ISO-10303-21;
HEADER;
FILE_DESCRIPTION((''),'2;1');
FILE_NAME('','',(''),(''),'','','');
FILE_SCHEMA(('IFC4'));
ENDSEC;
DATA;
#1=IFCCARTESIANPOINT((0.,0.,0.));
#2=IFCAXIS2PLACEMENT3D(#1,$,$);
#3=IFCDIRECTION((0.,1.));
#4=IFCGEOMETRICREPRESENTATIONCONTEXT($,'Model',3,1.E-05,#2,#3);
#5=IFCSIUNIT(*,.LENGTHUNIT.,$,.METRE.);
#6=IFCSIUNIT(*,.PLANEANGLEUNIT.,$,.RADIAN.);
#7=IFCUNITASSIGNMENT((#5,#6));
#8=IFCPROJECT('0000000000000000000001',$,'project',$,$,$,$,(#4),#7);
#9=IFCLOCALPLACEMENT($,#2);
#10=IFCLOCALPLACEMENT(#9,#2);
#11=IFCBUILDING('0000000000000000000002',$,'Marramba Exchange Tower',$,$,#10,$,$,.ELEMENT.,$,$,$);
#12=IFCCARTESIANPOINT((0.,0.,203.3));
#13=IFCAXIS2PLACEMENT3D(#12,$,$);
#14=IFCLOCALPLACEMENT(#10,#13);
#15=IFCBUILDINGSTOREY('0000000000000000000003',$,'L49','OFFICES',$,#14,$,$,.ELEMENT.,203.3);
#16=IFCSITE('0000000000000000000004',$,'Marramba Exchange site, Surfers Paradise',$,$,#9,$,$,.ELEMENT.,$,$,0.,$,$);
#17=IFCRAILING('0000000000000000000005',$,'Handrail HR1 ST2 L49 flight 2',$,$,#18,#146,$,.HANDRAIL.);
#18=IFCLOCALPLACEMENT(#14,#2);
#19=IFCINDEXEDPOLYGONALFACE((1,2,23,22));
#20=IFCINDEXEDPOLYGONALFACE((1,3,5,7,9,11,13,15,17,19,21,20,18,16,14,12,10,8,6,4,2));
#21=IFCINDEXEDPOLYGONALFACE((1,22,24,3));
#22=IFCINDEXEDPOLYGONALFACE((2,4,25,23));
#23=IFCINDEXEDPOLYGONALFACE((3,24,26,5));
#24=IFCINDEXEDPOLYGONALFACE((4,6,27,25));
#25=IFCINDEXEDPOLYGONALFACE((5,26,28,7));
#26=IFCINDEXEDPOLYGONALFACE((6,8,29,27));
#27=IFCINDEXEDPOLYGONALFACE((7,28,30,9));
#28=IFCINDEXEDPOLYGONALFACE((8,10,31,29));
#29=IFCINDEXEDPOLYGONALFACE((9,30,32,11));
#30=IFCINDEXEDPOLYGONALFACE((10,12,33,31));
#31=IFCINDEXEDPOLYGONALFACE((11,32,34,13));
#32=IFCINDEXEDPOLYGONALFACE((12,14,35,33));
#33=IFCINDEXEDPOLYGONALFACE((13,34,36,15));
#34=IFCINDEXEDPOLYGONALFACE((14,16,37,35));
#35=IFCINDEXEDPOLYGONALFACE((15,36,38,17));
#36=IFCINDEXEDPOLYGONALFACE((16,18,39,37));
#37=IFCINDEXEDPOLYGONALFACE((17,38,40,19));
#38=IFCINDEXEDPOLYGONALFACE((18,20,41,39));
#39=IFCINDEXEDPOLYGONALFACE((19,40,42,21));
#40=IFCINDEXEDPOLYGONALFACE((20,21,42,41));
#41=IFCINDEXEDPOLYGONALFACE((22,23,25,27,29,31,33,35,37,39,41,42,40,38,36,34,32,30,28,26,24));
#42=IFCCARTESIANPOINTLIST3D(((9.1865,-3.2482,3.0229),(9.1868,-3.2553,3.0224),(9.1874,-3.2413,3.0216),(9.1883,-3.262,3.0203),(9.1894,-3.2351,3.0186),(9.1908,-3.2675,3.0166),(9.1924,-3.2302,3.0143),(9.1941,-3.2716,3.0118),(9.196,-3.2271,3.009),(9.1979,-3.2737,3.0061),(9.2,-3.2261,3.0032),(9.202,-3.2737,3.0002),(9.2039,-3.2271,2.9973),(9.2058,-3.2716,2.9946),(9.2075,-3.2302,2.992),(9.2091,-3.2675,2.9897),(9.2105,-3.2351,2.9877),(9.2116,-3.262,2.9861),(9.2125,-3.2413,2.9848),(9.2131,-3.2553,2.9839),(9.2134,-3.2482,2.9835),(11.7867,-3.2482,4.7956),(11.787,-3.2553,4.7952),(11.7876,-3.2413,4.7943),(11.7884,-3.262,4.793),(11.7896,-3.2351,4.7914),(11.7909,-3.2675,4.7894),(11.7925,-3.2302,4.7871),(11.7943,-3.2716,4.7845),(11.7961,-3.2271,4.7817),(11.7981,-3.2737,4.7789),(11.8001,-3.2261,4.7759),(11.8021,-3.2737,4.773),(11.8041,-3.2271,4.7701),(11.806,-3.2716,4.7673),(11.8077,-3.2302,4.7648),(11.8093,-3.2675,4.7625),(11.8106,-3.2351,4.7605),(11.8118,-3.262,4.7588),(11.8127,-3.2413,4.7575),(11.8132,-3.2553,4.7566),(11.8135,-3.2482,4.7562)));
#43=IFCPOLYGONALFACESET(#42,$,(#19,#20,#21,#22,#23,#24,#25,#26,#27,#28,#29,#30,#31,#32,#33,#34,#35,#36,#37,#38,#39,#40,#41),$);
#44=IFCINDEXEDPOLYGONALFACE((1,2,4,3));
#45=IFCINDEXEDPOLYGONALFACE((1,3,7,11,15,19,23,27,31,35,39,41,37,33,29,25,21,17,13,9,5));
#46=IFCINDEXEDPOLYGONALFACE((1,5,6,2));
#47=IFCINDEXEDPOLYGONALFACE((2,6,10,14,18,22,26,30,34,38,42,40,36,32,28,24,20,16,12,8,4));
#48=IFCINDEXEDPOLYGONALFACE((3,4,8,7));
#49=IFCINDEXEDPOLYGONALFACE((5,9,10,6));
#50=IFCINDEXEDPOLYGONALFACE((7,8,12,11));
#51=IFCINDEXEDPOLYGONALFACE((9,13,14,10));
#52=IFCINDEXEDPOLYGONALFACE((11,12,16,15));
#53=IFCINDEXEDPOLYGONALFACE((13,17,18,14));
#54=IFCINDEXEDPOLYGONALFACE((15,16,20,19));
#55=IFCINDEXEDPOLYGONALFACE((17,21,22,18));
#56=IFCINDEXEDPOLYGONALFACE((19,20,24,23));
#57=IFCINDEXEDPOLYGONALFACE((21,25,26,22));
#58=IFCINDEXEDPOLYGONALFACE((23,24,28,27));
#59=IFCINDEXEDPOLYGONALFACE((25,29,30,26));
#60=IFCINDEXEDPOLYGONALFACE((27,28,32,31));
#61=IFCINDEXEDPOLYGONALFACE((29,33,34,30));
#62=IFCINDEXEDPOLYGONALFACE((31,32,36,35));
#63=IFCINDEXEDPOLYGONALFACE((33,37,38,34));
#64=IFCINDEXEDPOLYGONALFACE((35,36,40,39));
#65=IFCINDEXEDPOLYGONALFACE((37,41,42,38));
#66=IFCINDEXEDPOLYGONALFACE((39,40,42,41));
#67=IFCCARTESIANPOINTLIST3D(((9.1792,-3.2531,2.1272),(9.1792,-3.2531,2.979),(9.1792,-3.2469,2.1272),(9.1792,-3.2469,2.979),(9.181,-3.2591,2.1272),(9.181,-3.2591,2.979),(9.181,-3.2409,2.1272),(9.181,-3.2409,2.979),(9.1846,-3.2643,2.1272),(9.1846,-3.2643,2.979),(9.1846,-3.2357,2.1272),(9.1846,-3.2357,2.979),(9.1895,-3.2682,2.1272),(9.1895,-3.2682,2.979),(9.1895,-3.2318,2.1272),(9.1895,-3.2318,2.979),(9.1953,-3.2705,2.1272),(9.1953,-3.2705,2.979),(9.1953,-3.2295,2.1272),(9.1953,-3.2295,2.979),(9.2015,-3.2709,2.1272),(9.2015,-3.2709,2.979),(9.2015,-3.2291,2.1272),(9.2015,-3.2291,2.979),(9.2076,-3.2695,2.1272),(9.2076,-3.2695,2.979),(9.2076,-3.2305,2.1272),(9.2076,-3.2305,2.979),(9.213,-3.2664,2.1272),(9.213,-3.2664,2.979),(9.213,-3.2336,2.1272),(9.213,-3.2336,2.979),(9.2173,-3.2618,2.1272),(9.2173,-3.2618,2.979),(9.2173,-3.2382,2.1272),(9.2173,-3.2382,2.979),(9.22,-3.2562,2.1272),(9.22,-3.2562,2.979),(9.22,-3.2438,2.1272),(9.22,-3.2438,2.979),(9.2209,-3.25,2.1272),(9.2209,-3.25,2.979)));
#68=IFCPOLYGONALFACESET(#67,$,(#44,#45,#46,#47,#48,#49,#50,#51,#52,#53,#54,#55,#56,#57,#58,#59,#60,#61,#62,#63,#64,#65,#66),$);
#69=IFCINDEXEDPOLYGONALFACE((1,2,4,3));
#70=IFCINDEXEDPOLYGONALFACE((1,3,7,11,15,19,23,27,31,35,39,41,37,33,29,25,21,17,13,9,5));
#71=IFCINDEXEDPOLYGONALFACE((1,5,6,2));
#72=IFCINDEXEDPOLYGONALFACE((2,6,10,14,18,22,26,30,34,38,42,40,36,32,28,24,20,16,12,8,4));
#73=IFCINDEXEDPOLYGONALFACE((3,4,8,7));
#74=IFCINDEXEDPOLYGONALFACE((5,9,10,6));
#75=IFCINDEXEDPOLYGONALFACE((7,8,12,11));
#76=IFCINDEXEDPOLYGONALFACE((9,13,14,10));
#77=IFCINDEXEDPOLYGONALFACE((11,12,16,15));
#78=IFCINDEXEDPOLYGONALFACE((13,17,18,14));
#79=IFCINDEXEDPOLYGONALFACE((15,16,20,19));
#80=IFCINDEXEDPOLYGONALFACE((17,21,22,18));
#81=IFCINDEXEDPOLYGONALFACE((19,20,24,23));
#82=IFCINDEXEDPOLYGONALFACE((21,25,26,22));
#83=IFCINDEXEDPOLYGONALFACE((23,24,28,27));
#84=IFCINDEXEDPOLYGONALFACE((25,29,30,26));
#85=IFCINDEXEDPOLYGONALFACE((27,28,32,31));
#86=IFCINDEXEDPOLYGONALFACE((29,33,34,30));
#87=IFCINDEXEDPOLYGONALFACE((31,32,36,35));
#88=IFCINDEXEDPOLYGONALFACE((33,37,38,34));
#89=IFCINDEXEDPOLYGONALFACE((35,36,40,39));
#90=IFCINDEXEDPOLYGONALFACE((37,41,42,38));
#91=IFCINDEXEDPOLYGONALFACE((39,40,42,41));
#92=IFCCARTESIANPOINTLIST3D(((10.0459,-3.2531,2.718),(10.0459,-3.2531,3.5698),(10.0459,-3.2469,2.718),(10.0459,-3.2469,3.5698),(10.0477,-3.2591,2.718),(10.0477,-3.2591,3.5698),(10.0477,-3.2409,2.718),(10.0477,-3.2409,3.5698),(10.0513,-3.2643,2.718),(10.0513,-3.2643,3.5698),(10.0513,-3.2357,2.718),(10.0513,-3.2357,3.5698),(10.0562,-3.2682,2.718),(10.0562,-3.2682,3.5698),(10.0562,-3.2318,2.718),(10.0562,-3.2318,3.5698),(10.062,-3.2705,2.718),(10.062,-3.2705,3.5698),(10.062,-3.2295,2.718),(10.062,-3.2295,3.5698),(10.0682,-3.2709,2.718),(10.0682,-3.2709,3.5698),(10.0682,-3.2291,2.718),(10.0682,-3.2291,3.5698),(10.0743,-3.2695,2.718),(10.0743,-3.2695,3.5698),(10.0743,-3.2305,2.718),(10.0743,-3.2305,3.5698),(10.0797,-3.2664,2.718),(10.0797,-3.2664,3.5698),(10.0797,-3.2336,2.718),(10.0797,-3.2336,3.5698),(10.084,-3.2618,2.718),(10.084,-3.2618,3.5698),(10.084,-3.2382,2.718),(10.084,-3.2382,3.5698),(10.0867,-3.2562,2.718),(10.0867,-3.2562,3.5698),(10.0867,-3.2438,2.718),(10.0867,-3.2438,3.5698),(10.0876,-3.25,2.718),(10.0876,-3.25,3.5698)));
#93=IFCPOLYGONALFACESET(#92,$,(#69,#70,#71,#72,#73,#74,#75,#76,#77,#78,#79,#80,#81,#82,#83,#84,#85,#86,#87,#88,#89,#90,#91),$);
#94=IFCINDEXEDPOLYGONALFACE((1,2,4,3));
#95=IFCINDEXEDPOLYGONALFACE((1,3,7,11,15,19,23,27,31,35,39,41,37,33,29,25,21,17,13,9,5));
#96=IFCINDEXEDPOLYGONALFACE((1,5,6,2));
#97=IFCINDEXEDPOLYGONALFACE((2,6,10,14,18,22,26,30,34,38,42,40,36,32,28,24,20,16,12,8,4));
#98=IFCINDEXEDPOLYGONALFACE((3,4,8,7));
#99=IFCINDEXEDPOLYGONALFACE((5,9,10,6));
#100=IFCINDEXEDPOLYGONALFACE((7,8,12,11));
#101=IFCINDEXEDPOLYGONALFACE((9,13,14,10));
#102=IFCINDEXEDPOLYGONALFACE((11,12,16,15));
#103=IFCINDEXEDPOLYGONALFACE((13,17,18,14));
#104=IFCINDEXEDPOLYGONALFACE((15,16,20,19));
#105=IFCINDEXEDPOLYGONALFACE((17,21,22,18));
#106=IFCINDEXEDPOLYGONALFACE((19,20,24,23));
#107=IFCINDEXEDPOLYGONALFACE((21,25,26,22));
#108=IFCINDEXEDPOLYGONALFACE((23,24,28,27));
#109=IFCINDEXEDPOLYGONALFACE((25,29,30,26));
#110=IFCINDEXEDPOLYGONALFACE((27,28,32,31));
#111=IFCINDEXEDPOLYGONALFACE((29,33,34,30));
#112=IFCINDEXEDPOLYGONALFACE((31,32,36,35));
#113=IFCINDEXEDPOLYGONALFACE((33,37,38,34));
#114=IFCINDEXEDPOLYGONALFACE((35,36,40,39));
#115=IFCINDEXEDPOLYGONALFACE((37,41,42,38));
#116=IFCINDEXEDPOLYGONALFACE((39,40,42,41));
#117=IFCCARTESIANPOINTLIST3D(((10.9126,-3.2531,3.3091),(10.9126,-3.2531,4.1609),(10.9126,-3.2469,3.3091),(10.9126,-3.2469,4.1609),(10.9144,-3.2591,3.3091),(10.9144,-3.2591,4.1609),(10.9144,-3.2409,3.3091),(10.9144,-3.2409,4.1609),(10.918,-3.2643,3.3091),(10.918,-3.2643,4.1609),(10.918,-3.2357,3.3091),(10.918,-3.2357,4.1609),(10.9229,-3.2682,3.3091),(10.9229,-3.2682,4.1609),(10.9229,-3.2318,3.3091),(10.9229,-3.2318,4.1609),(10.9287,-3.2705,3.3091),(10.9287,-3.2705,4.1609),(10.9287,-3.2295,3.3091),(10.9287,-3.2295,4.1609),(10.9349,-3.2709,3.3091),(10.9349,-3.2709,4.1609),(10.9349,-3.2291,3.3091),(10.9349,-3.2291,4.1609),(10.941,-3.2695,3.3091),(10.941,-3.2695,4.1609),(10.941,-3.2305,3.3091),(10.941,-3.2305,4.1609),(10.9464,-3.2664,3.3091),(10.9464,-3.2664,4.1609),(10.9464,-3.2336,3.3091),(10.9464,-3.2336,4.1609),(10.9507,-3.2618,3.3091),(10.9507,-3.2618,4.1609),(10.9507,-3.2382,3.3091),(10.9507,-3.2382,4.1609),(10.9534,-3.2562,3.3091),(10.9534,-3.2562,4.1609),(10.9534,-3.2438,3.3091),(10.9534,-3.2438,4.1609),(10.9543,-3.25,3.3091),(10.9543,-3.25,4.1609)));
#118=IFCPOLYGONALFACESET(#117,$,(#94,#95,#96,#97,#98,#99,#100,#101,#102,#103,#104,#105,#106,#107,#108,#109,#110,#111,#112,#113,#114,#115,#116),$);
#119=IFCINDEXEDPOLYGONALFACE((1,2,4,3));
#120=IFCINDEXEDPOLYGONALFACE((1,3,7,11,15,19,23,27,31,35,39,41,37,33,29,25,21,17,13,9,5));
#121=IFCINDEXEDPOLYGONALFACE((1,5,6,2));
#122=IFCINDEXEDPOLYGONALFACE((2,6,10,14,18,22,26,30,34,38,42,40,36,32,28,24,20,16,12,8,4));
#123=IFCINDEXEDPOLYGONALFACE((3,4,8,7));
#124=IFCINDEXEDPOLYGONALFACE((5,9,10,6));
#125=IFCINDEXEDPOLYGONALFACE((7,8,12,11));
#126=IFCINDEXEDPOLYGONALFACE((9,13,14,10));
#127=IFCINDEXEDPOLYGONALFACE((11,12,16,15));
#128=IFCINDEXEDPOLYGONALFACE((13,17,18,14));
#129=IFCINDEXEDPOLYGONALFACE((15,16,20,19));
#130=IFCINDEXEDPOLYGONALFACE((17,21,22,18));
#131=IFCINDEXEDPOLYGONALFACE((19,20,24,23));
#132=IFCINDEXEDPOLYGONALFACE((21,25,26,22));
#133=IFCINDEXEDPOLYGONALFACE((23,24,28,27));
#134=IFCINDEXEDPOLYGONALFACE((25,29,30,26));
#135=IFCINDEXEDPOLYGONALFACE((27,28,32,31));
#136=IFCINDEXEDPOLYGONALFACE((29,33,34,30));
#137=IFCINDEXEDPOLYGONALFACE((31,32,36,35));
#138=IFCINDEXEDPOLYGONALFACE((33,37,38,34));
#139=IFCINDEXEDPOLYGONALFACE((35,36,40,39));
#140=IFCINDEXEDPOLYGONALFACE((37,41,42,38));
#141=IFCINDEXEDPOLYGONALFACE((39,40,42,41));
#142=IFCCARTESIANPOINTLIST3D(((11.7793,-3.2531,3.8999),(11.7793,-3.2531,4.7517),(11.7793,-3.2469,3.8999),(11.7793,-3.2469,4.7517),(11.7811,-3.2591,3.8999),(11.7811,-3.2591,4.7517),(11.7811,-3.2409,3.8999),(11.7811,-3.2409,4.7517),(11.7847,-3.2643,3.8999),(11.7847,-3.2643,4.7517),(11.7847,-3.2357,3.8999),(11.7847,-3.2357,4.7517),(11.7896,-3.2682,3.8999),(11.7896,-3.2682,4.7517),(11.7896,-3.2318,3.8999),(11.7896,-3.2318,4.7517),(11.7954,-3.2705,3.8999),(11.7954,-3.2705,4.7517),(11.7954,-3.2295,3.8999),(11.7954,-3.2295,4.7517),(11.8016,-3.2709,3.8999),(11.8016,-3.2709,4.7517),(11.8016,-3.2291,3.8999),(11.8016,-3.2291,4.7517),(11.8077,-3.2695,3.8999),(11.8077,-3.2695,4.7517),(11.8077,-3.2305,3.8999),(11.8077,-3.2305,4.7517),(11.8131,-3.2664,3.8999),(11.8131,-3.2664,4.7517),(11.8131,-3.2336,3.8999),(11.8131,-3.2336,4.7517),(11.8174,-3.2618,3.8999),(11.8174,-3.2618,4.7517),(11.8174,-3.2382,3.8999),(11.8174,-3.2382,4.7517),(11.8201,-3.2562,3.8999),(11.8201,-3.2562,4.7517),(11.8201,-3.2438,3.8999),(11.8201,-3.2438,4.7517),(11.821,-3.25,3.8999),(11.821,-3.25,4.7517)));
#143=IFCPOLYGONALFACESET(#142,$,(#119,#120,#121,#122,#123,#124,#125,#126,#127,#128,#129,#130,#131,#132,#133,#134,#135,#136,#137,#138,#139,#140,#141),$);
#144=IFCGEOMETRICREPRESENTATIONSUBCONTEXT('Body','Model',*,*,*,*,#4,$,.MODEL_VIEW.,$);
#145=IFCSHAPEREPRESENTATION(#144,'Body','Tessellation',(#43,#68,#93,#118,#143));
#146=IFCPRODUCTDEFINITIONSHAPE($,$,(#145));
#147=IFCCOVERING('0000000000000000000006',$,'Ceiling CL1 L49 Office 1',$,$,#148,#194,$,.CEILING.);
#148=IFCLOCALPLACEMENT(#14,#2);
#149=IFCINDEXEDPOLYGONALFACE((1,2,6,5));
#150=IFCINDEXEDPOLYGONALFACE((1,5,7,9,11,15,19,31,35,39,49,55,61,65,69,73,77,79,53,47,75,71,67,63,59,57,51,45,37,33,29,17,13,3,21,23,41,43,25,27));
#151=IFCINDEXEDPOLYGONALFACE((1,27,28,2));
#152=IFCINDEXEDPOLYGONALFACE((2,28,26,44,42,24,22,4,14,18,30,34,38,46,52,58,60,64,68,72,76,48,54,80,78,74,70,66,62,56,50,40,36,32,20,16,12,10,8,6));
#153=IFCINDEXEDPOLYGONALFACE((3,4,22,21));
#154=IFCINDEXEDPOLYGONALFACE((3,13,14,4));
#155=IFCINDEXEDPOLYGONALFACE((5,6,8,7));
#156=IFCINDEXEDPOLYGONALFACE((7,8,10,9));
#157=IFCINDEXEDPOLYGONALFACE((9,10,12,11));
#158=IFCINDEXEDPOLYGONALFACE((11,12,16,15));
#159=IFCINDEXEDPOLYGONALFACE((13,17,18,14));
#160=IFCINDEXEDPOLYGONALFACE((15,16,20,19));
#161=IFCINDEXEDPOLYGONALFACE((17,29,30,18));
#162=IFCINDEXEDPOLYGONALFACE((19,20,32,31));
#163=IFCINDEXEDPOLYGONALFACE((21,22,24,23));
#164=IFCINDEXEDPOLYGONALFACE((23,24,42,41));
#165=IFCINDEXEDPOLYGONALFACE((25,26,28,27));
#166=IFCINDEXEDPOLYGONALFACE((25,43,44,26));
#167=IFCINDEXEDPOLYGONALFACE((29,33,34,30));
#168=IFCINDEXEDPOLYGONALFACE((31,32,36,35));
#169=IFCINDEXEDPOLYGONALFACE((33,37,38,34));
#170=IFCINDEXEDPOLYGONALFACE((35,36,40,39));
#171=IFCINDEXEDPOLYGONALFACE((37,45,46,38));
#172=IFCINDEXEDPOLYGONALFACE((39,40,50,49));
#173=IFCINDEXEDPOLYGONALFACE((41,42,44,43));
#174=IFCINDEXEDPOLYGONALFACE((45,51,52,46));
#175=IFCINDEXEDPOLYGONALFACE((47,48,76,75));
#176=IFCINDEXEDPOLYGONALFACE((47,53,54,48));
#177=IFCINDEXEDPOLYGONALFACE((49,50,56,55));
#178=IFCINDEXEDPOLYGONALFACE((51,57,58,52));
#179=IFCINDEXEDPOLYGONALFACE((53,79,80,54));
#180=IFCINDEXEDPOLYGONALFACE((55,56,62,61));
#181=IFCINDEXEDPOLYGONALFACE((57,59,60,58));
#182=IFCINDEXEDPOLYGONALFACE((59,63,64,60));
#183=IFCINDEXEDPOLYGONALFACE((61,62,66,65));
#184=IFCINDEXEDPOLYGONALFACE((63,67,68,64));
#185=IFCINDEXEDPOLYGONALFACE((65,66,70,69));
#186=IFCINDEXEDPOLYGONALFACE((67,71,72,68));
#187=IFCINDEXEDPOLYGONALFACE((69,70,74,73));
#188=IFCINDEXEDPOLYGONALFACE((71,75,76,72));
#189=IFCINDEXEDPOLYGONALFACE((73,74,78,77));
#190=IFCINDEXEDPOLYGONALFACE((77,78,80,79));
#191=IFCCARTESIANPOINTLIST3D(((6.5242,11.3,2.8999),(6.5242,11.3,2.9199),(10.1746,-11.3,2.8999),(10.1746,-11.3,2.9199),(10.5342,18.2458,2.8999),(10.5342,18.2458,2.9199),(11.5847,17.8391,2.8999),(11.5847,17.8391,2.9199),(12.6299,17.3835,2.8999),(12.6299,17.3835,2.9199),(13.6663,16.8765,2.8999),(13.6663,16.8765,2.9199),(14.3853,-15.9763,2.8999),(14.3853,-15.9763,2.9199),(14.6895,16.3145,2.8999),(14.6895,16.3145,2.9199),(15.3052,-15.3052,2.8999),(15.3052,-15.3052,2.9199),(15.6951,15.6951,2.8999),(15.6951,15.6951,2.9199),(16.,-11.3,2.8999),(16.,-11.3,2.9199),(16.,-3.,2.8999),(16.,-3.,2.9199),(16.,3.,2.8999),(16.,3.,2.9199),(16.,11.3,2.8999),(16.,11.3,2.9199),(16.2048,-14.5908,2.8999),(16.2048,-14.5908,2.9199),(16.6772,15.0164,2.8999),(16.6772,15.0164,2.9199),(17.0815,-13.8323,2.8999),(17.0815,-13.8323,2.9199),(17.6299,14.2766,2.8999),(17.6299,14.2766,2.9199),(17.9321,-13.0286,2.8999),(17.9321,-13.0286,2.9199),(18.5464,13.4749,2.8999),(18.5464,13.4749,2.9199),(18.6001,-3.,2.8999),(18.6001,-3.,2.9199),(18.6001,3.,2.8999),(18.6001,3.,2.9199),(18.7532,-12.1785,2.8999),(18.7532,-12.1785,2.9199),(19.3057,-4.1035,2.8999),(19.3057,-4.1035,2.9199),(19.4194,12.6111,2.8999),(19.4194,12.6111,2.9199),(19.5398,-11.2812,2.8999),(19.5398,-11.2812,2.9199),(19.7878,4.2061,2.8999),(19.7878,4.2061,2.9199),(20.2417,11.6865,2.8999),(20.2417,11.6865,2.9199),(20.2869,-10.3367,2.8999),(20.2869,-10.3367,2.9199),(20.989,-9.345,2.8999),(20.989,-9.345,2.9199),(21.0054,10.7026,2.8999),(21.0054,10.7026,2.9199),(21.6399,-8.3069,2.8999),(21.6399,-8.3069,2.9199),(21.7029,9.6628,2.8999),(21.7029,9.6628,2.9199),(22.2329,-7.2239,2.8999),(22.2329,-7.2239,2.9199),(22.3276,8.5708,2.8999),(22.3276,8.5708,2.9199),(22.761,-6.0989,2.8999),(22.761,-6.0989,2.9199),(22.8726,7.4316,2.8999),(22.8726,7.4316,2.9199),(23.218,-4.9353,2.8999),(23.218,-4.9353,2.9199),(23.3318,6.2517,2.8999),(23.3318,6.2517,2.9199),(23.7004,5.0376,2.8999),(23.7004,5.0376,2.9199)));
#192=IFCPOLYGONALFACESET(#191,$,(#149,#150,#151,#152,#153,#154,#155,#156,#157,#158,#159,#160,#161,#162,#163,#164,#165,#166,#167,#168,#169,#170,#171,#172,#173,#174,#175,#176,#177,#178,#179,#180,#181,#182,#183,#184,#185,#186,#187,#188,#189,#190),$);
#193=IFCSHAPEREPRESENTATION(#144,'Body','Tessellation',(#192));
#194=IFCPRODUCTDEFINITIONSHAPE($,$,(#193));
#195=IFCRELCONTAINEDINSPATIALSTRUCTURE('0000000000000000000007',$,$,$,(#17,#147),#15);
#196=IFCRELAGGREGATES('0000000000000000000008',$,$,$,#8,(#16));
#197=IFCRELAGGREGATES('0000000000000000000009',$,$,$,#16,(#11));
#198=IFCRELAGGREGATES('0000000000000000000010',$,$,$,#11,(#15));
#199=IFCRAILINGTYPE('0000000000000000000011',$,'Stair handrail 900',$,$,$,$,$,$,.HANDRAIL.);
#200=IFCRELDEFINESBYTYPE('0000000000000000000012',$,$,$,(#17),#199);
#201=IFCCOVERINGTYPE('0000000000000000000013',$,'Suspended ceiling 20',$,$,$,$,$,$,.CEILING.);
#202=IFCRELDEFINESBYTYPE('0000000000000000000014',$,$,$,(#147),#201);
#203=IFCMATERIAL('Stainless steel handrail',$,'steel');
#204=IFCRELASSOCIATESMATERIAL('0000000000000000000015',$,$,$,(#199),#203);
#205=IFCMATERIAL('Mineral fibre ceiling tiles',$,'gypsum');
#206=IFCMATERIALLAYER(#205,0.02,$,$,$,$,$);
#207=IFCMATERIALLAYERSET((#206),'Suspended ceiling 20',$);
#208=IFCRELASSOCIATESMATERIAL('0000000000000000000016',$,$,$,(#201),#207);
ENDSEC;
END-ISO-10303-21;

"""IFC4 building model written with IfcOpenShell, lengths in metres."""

from ifc_helpers import new_model, si_unit, direction, frame, origin, origin_2d, place, context, subcontext, project, spatial, polyline, circle, outline, extrude, material, layer, layer_set, type_object, element, save


model = new_model("IFC4")

# Units and contexts
model_context = context("Model", 3, precision=1e-05, world=origin(), true_north=direction((0.0, 1.0)))
body_context = subcontext(model_context, "Body", "Model", "MODEL_VIEW")
ifc_project = project(units=[si_unit("LENGTHUNIT", "METRE"), si_unit("PLANEANGLEUNIT", "RADIAN")], contexts=[model_context])

# Site, building, storey
site_placement = place(None, origin())
site = spatial("IfcSite", under=ifc_project, at=site_placement, Name="Marramba Exchange site, Surfers Paradise", CompositionType="ELEMENT", RefElevation=0.0)
building_placement = place(site_placement, origin())
building = spatial("IfcBuilding", under=site, at=building_placement, Name="Marramba Exchange Tower", CompositionType="ELEMENT")
storey_placement = place(building_placement, frame((0.0, 0.0, 203.3)))
storey = spatial("IfcBuildingStorey", under=building, at=storey_placement, Name="L49", Description="OFFICES", CompositionType="ELEMENT", Elevation=203.3)

# Railing
ifc_material_1 = material(Name="Stainless steel handrail", Category="steel")
railing_type = type_object("IfcRailingType", Name="Stair handrail 900", PredefinedType="HANDRAIL", material=ifc_material_1)
railing_placement = place(storey_placement, frame((9.2, -3.25, 2.1272)))
element("IfcRailing", 1, at=railing_placement, inside=storey, type_object=railing_type, Name="Handrail HR1 ST2 L49 flight 2", PredefinedType="HANDRAIL", context=body_context, shape_type="SweptSolid", body=[
    extrude(circle(Radius=0.0239, at=origin_2d()), frame((0.0, 0.0, 0.876), z_axis=(0.82624, 0.0, 0.563318), x_axis=(0.0, 1.0, 0.0)), (0.0, 0.0, 1.0), 3.147),
    extrude(circle(Radius=0.021, at=origin_2d()), origin(), (0.0, 0.0, 1.0), 0.8518),
    extrude(circle(Radius=0.021, at=origin_2d()), frame((0.8667, 0.0, 0.5908)), (0.0, 0.0, 1.0), 0.8518),
    extrude(circle(Radius=0.021, at=origin_2d()), frame((1.7334, 0.0, 1.1819)), (0.0, 0.0, 1.0), 0.8518),
    extrude(circle(Radius=0.021, at=origin_2d()), frame((2.6001, 0.0, 1.7727)), (0.0, 0.0, 1.0), 0.8518),
])

# Covering
ifc_material_2 = material(Name="Mineral fibre ceiling tiles", Category="gypsum")
ifc_layer_1 = layer(ifc_material_2, 0.02)
ifc_layer_set_1 = layer_set([ifc_layer_1], Name="Suspended ceiling 20")
covering_type = type_object("IfcCoveringType", Name="Suspended ceiling 20", PredefinedType="CEILING", material=ifc_layer_set_1)
covering_1_placement = place(storey_placement, frame((0.0, 0.0, 2.8999)))
element("IfcCovering", 2, at=covering_1_placement, inside=storey, type_object=covering_type, Name="Ceiling CL1 L49 Office 1", PredefinedType="CEILING", context=body_context, shape_type="SweptSolid", body=[
    extrude(outline(polyline([(16.0, -3.0), (18.6001, -3.0), (18.6001, 3.0), (16.0, 3.0), (16.0, 11.3), (6.5242, 11.3), (10.5342, 18.2458), (11.5847, 17.8391), (12.6299, 17.3835), (13.6663, 16.8765), (14.6895, 16.3145), (15.6951, 15.6951), (16.6772, 15.0164), (17.6299, 14.2766), (18.5464, 13.4749), (19.4194, 12.6111), (20.2417, 11.6865), (21.0054, 10.7026), (21.7029, 9.6628), (22.3276, 8.5708), (22.8726, 7.4316), (23.3318, 6.2517), (23.7004, 5.0376), (19.7878, 4.2061), (19.3057, -4.1035), (23.218, -4.9353), (22.761, -6.0989), (22.2329, -7.2239), (21.6399, -8.3069), (20.989, -9.345), (20.2869, -10.3367), (19.5398, -11.2812), (18.7532, -12.1785), (17.9321, -13.0286), (17.0815, -13.8323), (16.2048, -14.5908), (15.3052, -15.3052), (14.3853, -15.9763), (10.1746, -11.3), (16.0, -11.3), (16.0, -3.0)])), origin(), (0.0, 0.0, 1.0), 0.02),
])

save(model, "model.ifc")
